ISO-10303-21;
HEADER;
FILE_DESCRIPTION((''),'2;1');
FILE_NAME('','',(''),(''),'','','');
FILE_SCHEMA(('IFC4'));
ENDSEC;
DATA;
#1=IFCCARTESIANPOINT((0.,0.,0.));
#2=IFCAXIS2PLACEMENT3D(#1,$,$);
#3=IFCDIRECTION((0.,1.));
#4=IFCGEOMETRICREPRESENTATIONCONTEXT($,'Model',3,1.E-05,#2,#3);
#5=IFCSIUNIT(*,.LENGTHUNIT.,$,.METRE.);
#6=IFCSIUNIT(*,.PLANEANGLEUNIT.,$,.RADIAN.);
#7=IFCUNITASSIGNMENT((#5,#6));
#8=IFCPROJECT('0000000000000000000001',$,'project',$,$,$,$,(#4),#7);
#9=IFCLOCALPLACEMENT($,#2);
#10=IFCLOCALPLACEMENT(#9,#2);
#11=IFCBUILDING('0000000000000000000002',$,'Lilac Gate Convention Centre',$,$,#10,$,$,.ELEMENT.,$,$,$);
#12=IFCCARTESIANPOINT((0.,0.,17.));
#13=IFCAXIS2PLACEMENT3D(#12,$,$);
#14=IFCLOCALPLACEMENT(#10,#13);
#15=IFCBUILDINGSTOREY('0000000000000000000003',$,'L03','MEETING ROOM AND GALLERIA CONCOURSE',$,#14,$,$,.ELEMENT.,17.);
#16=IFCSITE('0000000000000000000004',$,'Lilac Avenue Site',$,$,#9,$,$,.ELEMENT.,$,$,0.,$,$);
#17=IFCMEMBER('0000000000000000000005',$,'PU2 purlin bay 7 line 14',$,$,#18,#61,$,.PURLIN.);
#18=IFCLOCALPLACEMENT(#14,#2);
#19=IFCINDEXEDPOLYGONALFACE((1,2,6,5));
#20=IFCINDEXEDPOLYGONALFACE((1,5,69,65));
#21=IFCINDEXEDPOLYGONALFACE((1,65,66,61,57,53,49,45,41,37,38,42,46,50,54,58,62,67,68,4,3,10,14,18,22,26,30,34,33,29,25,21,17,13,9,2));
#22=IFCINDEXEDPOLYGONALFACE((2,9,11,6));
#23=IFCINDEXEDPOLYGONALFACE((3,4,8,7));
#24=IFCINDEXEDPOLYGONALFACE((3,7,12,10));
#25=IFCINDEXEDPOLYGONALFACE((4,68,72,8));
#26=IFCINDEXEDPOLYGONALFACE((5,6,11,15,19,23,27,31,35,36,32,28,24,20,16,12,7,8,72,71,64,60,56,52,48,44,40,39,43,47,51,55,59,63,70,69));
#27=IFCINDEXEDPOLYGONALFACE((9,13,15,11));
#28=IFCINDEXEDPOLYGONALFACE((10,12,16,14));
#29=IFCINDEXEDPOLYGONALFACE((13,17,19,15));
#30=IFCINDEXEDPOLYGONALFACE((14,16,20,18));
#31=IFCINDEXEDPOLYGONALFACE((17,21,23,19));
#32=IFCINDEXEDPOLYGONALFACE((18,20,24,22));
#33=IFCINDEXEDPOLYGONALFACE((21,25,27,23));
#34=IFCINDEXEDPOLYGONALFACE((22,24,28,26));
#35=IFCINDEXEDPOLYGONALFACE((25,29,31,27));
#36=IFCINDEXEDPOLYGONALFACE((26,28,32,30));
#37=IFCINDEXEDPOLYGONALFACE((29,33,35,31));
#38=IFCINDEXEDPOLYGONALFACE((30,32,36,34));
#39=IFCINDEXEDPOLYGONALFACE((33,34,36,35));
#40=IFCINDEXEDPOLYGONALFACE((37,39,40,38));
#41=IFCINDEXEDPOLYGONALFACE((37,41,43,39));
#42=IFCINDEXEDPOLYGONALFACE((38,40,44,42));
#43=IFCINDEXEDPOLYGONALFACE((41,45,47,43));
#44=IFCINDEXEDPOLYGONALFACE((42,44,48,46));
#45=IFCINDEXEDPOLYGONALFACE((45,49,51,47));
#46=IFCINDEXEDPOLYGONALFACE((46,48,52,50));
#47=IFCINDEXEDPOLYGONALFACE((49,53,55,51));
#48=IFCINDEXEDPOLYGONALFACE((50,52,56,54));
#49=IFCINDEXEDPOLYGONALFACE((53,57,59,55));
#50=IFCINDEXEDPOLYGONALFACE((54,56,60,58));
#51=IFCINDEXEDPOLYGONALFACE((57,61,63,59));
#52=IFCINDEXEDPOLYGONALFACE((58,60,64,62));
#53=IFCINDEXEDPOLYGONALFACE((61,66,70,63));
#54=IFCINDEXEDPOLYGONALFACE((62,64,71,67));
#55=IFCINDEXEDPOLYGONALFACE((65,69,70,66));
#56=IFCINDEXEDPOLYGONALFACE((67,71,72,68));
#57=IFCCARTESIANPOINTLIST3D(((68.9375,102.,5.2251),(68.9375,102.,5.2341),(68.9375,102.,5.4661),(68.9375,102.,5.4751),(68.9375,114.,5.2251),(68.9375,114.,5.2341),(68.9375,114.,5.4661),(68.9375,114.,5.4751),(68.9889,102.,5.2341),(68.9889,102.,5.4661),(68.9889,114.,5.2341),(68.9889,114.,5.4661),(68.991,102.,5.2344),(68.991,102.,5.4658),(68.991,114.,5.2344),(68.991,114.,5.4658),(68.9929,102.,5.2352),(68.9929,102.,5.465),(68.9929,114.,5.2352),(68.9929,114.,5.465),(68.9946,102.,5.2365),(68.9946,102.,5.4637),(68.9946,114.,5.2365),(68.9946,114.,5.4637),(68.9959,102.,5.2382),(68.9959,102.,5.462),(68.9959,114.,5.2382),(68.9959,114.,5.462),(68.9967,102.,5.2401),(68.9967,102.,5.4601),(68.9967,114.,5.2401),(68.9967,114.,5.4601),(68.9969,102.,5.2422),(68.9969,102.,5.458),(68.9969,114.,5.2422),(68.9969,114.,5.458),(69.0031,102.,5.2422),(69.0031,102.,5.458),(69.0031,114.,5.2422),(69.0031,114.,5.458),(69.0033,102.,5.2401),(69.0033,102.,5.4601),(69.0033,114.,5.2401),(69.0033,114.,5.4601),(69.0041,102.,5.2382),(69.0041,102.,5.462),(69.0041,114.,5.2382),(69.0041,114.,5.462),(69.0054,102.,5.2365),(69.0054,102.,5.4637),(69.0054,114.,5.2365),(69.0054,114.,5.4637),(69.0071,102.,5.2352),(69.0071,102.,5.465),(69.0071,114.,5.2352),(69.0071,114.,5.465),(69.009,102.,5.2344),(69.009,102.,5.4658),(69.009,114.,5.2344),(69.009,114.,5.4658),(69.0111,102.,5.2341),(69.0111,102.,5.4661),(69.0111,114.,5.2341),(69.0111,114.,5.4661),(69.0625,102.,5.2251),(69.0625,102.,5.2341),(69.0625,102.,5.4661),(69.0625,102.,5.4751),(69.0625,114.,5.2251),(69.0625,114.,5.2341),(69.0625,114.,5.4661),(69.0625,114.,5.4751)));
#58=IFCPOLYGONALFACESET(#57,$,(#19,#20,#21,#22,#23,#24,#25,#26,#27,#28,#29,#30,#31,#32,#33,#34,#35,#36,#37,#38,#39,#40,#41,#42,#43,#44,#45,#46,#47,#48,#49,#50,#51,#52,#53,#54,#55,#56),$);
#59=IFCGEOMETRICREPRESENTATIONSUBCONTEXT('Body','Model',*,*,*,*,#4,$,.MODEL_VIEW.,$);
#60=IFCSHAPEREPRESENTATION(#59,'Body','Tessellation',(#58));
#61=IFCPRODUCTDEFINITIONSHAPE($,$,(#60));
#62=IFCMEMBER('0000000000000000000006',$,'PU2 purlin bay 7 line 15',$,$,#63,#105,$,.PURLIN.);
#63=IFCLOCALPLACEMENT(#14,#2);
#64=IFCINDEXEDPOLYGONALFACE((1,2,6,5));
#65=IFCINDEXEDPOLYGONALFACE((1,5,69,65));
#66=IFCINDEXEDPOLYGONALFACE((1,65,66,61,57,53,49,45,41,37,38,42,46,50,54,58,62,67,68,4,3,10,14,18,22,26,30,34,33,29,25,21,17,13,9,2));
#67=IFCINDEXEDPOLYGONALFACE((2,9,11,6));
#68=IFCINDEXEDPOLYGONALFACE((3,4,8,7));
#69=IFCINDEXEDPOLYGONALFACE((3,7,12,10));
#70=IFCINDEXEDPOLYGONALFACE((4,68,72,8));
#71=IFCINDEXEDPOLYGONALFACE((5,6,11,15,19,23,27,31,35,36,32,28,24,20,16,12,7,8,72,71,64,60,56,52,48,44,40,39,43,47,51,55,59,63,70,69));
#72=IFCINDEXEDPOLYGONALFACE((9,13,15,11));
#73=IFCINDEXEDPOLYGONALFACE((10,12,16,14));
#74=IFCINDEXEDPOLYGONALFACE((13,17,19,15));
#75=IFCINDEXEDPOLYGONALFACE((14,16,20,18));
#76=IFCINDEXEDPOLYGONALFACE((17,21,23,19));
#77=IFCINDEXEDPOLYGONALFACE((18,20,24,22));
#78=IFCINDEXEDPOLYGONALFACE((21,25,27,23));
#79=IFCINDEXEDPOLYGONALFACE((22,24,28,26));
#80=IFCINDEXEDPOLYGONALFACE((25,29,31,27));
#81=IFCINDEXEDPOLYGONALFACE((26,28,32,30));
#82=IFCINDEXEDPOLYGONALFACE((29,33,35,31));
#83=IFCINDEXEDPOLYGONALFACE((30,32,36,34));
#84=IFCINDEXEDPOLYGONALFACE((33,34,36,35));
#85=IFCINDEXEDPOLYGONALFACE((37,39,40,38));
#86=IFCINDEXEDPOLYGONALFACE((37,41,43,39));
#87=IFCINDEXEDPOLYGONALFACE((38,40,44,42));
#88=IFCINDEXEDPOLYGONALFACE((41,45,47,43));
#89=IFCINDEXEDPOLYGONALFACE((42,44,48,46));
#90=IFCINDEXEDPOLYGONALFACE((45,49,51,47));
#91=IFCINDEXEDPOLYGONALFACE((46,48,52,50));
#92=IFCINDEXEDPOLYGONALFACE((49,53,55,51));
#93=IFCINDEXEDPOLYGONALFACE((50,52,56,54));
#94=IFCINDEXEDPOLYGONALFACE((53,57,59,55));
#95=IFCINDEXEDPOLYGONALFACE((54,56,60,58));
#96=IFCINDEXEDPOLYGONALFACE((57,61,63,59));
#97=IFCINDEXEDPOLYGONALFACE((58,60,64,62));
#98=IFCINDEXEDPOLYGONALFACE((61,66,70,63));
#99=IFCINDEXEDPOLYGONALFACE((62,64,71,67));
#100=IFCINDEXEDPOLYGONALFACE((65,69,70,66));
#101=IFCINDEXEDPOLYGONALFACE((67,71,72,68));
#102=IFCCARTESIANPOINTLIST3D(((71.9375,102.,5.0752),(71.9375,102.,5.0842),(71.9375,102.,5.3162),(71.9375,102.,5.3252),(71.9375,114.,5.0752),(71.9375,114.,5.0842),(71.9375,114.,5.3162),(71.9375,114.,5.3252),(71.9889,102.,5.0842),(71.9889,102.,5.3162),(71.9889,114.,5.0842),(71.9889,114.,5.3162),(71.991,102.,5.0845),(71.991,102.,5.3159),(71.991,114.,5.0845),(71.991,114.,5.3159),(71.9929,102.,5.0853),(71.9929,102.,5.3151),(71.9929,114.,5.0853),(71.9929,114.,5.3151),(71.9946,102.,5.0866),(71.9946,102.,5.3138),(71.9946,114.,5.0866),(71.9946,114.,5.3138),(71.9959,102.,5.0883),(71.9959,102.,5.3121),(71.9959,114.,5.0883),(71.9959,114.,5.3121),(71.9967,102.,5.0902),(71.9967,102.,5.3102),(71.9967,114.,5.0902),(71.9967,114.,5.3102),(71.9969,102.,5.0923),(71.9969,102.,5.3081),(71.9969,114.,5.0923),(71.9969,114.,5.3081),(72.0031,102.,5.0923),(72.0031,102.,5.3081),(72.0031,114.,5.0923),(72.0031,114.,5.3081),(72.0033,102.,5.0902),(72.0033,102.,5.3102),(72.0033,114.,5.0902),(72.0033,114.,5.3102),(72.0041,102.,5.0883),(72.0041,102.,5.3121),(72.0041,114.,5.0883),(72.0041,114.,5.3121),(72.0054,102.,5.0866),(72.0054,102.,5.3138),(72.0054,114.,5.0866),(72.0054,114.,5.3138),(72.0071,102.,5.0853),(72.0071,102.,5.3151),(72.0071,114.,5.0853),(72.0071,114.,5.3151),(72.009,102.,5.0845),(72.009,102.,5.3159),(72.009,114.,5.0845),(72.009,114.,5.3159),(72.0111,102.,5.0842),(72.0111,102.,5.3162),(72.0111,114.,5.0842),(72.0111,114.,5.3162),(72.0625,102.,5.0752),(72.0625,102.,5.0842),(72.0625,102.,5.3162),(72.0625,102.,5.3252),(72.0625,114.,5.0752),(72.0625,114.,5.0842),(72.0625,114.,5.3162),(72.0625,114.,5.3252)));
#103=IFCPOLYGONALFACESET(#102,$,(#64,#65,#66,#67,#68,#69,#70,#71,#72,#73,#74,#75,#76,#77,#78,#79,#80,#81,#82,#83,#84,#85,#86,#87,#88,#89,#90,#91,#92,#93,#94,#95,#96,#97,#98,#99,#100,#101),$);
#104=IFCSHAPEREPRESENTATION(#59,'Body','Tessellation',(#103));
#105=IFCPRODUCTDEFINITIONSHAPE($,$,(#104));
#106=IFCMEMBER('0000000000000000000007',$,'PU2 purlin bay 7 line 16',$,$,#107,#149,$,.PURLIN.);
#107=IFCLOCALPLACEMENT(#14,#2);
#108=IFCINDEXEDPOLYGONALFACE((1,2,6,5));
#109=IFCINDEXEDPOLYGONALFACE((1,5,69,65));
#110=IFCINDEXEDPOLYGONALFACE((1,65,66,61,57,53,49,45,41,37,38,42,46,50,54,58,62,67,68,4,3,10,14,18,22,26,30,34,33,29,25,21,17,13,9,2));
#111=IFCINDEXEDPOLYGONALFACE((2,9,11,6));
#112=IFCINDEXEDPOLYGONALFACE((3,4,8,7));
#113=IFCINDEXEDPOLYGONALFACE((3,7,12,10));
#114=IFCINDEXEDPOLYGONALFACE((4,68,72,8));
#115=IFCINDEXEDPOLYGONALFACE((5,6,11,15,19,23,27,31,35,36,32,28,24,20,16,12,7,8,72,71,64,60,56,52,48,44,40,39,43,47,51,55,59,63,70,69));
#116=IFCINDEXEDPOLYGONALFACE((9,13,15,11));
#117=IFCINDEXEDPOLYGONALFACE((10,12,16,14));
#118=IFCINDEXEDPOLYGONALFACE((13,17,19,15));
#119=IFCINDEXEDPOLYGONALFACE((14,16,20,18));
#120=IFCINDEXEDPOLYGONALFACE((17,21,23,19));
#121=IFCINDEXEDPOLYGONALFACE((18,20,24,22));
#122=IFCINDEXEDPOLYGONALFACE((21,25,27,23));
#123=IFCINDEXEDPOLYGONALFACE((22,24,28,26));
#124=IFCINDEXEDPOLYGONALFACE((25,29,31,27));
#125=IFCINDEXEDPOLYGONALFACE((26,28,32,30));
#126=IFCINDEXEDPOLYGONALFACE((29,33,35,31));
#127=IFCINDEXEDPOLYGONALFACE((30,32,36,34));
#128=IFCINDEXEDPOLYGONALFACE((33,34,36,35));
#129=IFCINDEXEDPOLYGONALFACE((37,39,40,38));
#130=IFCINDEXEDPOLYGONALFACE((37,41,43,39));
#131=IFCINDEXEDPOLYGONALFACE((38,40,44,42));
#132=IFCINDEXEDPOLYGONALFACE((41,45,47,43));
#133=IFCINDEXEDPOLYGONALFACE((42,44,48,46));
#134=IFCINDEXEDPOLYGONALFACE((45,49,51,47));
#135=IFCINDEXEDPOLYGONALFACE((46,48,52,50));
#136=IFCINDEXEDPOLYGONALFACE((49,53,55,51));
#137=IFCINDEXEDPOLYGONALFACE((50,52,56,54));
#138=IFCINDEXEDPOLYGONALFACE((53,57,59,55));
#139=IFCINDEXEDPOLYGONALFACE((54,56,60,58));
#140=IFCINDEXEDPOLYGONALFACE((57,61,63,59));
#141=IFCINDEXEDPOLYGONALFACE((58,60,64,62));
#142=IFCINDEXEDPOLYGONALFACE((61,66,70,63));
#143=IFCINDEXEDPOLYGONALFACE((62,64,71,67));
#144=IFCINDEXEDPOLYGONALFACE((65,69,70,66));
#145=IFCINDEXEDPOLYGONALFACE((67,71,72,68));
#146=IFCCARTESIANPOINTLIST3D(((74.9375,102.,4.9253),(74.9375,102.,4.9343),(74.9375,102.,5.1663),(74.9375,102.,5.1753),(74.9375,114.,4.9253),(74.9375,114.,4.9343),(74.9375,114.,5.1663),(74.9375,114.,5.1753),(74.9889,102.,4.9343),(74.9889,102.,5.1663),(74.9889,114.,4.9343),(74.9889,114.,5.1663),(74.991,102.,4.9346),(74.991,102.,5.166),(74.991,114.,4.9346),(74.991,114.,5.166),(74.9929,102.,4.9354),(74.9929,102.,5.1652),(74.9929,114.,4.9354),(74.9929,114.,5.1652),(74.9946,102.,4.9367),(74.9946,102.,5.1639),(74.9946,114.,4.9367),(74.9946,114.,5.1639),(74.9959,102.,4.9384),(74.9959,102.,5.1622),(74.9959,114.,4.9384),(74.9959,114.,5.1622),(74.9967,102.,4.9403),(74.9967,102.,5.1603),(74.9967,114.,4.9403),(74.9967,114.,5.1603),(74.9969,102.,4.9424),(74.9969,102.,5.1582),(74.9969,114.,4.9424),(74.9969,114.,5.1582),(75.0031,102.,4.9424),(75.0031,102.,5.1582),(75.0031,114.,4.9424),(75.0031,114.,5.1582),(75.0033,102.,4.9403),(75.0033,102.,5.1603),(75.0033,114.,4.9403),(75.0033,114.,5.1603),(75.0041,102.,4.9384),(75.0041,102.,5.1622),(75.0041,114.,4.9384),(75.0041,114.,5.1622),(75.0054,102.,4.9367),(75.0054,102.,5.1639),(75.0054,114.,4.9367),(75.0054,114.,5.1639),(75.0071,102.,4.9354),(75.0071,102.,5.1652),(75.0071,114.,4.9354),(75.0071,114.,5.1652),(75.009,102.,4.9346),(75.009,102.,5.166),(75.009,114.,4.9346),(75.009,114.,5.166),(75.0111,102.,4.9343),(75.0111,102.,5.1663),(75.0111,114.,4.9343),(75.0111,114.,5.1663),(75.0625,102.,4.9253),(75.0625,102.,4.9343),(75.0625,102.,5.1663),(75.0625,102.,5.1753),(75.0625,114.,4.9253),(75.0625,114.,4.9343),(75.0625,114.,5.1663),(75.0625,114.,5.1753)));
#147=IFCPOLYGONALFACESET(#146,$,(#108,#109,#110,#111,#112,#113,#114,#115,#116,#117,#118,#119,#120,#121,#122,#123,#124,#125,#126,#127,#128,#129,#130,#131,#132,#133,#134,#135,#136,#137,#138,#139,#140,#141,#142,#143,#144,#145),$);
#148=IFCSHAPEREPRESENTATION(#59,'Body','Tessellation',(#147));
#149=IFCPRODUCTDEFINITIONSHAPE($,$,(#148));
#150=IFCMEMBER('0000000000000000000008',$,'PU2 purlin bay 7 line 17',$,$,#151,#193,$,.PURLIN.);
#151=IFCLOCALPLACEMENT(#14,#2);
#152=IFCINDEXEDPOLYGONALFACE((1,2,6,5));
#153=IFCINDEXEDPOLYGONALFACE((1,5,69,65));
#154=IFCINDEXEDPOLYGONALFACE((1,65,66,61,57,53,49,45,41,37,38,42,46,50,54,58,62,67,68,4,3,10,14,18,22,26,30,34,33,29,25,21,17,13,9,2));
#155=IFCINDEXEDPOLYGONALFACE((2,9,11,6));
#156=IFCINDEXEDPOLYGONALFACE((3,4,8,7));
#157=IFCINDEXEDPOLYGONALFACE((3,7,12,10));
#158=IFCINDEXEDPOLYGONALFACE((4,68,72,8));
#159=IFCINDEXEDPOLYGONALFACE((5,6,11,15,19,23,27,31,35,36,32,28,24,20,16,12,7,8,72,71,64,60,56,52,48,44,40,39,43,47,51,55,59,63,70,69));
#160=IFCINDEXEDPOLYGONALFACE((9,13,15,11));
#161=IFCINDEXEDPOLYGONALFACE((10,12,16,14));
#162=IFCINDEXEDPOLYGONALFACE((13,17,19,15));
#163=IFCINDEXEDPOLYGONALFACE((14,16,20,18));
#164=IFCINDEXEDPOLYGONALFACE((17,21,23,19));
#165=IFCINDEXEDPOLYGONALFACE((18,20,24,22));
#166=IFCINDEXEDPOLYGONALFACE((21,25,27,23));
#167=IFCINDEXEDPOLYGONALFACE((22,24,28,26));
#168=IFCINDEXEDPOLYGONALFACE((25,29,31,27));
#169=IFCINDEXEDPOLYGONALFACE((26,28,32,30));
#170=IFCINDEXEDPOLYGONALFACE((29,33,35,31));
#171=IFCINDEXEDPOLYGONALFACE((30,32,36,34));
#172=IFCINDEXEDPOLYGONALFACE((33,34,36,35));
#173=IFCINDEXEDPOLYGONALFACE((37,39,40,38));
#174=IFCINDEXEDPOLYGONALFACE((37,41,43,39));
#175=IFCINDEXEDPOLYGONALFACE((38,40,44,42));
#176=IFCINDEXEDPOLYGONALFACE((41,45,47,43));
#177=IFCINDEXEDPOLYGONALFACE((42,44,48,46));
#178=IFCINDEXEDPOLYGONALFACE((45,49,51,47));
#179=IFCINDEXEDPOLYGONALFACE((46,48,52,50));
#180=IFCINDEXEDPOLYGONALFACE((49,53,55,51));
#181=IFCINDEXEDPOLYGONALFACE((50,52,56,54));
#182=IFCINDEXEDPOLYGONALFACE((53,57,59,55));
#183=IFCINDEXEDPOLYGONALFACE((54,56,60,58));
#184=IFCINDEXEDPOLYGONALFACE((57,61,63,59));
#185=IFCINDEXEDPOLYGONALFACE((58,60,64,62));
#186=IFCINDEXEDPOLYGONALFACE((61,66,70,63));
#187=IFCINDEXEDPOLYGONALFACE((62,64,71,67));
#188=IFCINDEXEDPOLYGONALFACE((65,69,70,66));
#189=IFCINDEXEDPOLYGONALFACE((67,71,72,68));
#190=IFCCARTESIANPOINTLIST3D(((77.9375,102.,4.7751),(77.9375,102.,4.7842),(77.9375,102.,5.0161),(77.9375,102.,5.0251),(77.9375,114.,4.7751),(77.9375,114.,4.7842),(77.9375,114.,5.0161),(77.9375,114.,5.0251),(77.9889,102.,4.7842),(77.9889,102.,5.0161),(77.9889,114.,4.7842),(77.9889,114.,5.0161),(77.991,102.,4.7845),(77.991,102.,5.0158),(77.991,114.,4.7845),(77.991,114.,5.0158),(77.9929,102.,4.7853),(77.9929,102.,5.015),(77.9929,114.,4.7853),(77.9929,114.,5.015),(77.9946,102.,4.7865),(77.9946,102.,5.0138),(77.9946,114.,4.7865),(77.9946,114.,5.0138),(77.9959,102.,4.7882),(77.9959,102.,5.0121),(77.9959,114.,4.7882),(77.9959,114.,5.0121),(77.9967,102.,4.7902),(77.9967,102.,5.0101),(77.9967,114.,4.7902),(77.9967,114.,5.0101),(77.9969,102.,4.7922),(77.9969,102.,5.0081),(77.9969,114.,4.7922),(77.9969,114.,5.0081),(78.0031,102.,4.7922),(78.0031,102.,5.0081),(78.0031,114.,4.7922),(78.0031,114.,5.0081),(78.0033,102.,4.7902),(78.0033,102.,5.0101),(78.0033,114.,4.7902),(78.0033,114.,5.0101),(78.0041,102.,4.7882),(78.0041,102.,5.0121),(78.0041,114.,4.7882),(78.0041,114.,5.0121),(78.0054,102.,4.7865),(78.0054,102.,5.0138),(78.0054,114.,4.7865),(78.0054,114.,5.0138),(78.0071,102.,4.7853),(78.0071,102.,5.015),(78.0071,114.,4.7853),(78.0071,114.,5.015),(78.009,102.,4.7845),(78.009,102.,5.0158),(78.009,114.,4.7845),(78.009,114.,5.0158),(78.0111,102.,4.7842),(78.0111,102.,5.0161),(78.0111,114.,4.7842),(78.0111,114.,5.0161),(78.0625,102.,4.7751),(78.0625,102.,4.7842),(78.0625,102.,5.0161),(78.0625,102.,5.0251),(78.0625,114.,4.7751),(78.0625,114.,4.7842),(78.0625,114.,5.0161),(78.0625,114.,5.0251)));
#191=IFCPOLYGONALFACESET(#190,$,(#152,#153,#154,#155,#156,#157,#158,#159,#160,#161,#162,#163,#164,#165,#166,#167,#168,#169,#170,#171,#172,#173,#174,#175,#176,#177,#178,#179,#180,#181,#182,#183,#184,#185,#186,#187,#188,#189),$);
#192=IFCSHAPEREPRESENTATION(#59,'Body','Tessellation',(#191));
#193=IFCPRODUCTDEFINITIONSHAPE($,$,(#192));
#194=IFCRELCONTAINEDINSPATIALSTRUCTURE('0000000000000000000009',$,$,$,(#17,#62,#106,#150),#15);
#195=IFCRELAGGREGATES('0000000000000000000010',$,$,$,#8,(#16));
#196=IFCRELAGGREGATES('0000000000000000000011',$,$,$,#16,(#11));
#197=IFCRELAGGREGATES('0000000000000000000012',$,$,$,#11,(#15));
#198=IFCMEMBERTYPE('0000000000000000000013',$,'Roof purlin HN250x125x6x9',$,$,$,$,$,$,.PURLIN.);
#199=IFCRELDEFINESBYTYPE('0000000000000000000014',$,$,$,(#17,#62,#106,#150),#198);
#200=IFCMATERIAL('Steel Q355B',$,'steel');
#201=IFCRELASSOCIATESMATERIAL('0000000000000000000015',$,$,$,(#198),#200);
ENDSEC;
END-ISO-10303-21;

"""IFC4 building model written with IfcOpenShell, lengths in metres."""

from ifc_helpers import new_model, si_unit, direction, frame, origin, origin_2d, place, context, subcontext, project, spatial, i_section, extrude, material, material_profile, profile_set, type_object, element, save


model = new_model("IFC4")

# Units and contexts
model_context = context("Model", 3, precision=1e-05, world=origin(), true_north=direction((0.0, 1.0)))
body_context = subcontext(model_context, "Body", "Model", "MODEL_VIEW")
ifc_project = project(units=[si_unit("LENGTHUNIT", "METRE"), si_unit("PLANEANGLEUNIT", "RADIAN")], contexts=[model_context])

# Site, building, storey
site_placement = place(None, origin())
site = spatial("IfcSite", under=ifc_project, at=site_placement, Name="Lilac Avenue Site", CompositionType="ELEMENT", RefElevation=0.0)
building_placement = place(site_placement, origin())
building = spatial("IfcBuilding", under=site, at=building_placement, Name="Lilac Gate Convention Centre", CompositionType="ELEMENT")
storey_placement = place(building_placement, frame((0.0, 0.0, 17.0)))
storey = spatial("IfcBuildingStorey", under=building, at=storey_placement, Name="L03", Description="MEETING ROOM AND GALLERIA CONCOURSE", CompositionType="ELEMENT", Elevation=17.0)

# Members
ifc_material = material(Name="Steel Q355B", Category="steel")
ifc_material_profile_1 = material_profile(ifc_material, i_section(OverallWidth=0.125, OverallDepth=0.25, WebThickness=0.0061, FlangeThickness=0.009, FilletRadius=0.0081, at=origin_2d()), Name="HN250x125x6x9")
ifc_profile_set_1 = profile_set([ifc_material_profile_1], Name="Steel Q355B")
member_type_1 = type_object("IfcMemberType", Name="Roof purlin HN250x125x6x9", PredefinedType="PURLIN", material=ifc_profile_set_1)
for number, where, z_axis, x_axis, name in (
    (1, (69.0, 102.0, 5.3501), (0.0, 1.0, 0.0), (-1.0, 0.0, 0.0), "PU2 purlin bay 7 line 14"),
    (2, (72.0, 102.0, 5.2002), (0.0, 1.0, 0.0), (-1.0, 0.0, 0.0), "PU2 purlin bay 7 line 15"),
    (3, (75.0, 102.0, 5.0503), (0.0, 1.0, 0.0), (-1.0, 0.0, 0.0), "PU2 purlin bay 7 line 16"),
    (4, (78.0, 102.0, 4.9001), (0.0, 1.0, 0.0), (-1.0, 0.0, 0.0), "PU2 purlin bay 7 line 17"),
):
    element("IfcMember", number, at=place(storey_placement, frame(where, z_axis=z_axis, x_axis=x_axis)), inside=storey, type_object=member_type_1, Name=name, PredefinedType="PURLIN", context=body_context, shape_type="SweptSolid", body=[
        extrude(i_section(OverallWidth=0.125, OverallDepth=0.25, WebThickness=0.0061, FlangeThickness=0.009, FilletRadius=0.0081, at=origin_2d()), origin(), (0.0, 0.0, 1.0), 12.0),
    ])

save(model, "model.ifc")
